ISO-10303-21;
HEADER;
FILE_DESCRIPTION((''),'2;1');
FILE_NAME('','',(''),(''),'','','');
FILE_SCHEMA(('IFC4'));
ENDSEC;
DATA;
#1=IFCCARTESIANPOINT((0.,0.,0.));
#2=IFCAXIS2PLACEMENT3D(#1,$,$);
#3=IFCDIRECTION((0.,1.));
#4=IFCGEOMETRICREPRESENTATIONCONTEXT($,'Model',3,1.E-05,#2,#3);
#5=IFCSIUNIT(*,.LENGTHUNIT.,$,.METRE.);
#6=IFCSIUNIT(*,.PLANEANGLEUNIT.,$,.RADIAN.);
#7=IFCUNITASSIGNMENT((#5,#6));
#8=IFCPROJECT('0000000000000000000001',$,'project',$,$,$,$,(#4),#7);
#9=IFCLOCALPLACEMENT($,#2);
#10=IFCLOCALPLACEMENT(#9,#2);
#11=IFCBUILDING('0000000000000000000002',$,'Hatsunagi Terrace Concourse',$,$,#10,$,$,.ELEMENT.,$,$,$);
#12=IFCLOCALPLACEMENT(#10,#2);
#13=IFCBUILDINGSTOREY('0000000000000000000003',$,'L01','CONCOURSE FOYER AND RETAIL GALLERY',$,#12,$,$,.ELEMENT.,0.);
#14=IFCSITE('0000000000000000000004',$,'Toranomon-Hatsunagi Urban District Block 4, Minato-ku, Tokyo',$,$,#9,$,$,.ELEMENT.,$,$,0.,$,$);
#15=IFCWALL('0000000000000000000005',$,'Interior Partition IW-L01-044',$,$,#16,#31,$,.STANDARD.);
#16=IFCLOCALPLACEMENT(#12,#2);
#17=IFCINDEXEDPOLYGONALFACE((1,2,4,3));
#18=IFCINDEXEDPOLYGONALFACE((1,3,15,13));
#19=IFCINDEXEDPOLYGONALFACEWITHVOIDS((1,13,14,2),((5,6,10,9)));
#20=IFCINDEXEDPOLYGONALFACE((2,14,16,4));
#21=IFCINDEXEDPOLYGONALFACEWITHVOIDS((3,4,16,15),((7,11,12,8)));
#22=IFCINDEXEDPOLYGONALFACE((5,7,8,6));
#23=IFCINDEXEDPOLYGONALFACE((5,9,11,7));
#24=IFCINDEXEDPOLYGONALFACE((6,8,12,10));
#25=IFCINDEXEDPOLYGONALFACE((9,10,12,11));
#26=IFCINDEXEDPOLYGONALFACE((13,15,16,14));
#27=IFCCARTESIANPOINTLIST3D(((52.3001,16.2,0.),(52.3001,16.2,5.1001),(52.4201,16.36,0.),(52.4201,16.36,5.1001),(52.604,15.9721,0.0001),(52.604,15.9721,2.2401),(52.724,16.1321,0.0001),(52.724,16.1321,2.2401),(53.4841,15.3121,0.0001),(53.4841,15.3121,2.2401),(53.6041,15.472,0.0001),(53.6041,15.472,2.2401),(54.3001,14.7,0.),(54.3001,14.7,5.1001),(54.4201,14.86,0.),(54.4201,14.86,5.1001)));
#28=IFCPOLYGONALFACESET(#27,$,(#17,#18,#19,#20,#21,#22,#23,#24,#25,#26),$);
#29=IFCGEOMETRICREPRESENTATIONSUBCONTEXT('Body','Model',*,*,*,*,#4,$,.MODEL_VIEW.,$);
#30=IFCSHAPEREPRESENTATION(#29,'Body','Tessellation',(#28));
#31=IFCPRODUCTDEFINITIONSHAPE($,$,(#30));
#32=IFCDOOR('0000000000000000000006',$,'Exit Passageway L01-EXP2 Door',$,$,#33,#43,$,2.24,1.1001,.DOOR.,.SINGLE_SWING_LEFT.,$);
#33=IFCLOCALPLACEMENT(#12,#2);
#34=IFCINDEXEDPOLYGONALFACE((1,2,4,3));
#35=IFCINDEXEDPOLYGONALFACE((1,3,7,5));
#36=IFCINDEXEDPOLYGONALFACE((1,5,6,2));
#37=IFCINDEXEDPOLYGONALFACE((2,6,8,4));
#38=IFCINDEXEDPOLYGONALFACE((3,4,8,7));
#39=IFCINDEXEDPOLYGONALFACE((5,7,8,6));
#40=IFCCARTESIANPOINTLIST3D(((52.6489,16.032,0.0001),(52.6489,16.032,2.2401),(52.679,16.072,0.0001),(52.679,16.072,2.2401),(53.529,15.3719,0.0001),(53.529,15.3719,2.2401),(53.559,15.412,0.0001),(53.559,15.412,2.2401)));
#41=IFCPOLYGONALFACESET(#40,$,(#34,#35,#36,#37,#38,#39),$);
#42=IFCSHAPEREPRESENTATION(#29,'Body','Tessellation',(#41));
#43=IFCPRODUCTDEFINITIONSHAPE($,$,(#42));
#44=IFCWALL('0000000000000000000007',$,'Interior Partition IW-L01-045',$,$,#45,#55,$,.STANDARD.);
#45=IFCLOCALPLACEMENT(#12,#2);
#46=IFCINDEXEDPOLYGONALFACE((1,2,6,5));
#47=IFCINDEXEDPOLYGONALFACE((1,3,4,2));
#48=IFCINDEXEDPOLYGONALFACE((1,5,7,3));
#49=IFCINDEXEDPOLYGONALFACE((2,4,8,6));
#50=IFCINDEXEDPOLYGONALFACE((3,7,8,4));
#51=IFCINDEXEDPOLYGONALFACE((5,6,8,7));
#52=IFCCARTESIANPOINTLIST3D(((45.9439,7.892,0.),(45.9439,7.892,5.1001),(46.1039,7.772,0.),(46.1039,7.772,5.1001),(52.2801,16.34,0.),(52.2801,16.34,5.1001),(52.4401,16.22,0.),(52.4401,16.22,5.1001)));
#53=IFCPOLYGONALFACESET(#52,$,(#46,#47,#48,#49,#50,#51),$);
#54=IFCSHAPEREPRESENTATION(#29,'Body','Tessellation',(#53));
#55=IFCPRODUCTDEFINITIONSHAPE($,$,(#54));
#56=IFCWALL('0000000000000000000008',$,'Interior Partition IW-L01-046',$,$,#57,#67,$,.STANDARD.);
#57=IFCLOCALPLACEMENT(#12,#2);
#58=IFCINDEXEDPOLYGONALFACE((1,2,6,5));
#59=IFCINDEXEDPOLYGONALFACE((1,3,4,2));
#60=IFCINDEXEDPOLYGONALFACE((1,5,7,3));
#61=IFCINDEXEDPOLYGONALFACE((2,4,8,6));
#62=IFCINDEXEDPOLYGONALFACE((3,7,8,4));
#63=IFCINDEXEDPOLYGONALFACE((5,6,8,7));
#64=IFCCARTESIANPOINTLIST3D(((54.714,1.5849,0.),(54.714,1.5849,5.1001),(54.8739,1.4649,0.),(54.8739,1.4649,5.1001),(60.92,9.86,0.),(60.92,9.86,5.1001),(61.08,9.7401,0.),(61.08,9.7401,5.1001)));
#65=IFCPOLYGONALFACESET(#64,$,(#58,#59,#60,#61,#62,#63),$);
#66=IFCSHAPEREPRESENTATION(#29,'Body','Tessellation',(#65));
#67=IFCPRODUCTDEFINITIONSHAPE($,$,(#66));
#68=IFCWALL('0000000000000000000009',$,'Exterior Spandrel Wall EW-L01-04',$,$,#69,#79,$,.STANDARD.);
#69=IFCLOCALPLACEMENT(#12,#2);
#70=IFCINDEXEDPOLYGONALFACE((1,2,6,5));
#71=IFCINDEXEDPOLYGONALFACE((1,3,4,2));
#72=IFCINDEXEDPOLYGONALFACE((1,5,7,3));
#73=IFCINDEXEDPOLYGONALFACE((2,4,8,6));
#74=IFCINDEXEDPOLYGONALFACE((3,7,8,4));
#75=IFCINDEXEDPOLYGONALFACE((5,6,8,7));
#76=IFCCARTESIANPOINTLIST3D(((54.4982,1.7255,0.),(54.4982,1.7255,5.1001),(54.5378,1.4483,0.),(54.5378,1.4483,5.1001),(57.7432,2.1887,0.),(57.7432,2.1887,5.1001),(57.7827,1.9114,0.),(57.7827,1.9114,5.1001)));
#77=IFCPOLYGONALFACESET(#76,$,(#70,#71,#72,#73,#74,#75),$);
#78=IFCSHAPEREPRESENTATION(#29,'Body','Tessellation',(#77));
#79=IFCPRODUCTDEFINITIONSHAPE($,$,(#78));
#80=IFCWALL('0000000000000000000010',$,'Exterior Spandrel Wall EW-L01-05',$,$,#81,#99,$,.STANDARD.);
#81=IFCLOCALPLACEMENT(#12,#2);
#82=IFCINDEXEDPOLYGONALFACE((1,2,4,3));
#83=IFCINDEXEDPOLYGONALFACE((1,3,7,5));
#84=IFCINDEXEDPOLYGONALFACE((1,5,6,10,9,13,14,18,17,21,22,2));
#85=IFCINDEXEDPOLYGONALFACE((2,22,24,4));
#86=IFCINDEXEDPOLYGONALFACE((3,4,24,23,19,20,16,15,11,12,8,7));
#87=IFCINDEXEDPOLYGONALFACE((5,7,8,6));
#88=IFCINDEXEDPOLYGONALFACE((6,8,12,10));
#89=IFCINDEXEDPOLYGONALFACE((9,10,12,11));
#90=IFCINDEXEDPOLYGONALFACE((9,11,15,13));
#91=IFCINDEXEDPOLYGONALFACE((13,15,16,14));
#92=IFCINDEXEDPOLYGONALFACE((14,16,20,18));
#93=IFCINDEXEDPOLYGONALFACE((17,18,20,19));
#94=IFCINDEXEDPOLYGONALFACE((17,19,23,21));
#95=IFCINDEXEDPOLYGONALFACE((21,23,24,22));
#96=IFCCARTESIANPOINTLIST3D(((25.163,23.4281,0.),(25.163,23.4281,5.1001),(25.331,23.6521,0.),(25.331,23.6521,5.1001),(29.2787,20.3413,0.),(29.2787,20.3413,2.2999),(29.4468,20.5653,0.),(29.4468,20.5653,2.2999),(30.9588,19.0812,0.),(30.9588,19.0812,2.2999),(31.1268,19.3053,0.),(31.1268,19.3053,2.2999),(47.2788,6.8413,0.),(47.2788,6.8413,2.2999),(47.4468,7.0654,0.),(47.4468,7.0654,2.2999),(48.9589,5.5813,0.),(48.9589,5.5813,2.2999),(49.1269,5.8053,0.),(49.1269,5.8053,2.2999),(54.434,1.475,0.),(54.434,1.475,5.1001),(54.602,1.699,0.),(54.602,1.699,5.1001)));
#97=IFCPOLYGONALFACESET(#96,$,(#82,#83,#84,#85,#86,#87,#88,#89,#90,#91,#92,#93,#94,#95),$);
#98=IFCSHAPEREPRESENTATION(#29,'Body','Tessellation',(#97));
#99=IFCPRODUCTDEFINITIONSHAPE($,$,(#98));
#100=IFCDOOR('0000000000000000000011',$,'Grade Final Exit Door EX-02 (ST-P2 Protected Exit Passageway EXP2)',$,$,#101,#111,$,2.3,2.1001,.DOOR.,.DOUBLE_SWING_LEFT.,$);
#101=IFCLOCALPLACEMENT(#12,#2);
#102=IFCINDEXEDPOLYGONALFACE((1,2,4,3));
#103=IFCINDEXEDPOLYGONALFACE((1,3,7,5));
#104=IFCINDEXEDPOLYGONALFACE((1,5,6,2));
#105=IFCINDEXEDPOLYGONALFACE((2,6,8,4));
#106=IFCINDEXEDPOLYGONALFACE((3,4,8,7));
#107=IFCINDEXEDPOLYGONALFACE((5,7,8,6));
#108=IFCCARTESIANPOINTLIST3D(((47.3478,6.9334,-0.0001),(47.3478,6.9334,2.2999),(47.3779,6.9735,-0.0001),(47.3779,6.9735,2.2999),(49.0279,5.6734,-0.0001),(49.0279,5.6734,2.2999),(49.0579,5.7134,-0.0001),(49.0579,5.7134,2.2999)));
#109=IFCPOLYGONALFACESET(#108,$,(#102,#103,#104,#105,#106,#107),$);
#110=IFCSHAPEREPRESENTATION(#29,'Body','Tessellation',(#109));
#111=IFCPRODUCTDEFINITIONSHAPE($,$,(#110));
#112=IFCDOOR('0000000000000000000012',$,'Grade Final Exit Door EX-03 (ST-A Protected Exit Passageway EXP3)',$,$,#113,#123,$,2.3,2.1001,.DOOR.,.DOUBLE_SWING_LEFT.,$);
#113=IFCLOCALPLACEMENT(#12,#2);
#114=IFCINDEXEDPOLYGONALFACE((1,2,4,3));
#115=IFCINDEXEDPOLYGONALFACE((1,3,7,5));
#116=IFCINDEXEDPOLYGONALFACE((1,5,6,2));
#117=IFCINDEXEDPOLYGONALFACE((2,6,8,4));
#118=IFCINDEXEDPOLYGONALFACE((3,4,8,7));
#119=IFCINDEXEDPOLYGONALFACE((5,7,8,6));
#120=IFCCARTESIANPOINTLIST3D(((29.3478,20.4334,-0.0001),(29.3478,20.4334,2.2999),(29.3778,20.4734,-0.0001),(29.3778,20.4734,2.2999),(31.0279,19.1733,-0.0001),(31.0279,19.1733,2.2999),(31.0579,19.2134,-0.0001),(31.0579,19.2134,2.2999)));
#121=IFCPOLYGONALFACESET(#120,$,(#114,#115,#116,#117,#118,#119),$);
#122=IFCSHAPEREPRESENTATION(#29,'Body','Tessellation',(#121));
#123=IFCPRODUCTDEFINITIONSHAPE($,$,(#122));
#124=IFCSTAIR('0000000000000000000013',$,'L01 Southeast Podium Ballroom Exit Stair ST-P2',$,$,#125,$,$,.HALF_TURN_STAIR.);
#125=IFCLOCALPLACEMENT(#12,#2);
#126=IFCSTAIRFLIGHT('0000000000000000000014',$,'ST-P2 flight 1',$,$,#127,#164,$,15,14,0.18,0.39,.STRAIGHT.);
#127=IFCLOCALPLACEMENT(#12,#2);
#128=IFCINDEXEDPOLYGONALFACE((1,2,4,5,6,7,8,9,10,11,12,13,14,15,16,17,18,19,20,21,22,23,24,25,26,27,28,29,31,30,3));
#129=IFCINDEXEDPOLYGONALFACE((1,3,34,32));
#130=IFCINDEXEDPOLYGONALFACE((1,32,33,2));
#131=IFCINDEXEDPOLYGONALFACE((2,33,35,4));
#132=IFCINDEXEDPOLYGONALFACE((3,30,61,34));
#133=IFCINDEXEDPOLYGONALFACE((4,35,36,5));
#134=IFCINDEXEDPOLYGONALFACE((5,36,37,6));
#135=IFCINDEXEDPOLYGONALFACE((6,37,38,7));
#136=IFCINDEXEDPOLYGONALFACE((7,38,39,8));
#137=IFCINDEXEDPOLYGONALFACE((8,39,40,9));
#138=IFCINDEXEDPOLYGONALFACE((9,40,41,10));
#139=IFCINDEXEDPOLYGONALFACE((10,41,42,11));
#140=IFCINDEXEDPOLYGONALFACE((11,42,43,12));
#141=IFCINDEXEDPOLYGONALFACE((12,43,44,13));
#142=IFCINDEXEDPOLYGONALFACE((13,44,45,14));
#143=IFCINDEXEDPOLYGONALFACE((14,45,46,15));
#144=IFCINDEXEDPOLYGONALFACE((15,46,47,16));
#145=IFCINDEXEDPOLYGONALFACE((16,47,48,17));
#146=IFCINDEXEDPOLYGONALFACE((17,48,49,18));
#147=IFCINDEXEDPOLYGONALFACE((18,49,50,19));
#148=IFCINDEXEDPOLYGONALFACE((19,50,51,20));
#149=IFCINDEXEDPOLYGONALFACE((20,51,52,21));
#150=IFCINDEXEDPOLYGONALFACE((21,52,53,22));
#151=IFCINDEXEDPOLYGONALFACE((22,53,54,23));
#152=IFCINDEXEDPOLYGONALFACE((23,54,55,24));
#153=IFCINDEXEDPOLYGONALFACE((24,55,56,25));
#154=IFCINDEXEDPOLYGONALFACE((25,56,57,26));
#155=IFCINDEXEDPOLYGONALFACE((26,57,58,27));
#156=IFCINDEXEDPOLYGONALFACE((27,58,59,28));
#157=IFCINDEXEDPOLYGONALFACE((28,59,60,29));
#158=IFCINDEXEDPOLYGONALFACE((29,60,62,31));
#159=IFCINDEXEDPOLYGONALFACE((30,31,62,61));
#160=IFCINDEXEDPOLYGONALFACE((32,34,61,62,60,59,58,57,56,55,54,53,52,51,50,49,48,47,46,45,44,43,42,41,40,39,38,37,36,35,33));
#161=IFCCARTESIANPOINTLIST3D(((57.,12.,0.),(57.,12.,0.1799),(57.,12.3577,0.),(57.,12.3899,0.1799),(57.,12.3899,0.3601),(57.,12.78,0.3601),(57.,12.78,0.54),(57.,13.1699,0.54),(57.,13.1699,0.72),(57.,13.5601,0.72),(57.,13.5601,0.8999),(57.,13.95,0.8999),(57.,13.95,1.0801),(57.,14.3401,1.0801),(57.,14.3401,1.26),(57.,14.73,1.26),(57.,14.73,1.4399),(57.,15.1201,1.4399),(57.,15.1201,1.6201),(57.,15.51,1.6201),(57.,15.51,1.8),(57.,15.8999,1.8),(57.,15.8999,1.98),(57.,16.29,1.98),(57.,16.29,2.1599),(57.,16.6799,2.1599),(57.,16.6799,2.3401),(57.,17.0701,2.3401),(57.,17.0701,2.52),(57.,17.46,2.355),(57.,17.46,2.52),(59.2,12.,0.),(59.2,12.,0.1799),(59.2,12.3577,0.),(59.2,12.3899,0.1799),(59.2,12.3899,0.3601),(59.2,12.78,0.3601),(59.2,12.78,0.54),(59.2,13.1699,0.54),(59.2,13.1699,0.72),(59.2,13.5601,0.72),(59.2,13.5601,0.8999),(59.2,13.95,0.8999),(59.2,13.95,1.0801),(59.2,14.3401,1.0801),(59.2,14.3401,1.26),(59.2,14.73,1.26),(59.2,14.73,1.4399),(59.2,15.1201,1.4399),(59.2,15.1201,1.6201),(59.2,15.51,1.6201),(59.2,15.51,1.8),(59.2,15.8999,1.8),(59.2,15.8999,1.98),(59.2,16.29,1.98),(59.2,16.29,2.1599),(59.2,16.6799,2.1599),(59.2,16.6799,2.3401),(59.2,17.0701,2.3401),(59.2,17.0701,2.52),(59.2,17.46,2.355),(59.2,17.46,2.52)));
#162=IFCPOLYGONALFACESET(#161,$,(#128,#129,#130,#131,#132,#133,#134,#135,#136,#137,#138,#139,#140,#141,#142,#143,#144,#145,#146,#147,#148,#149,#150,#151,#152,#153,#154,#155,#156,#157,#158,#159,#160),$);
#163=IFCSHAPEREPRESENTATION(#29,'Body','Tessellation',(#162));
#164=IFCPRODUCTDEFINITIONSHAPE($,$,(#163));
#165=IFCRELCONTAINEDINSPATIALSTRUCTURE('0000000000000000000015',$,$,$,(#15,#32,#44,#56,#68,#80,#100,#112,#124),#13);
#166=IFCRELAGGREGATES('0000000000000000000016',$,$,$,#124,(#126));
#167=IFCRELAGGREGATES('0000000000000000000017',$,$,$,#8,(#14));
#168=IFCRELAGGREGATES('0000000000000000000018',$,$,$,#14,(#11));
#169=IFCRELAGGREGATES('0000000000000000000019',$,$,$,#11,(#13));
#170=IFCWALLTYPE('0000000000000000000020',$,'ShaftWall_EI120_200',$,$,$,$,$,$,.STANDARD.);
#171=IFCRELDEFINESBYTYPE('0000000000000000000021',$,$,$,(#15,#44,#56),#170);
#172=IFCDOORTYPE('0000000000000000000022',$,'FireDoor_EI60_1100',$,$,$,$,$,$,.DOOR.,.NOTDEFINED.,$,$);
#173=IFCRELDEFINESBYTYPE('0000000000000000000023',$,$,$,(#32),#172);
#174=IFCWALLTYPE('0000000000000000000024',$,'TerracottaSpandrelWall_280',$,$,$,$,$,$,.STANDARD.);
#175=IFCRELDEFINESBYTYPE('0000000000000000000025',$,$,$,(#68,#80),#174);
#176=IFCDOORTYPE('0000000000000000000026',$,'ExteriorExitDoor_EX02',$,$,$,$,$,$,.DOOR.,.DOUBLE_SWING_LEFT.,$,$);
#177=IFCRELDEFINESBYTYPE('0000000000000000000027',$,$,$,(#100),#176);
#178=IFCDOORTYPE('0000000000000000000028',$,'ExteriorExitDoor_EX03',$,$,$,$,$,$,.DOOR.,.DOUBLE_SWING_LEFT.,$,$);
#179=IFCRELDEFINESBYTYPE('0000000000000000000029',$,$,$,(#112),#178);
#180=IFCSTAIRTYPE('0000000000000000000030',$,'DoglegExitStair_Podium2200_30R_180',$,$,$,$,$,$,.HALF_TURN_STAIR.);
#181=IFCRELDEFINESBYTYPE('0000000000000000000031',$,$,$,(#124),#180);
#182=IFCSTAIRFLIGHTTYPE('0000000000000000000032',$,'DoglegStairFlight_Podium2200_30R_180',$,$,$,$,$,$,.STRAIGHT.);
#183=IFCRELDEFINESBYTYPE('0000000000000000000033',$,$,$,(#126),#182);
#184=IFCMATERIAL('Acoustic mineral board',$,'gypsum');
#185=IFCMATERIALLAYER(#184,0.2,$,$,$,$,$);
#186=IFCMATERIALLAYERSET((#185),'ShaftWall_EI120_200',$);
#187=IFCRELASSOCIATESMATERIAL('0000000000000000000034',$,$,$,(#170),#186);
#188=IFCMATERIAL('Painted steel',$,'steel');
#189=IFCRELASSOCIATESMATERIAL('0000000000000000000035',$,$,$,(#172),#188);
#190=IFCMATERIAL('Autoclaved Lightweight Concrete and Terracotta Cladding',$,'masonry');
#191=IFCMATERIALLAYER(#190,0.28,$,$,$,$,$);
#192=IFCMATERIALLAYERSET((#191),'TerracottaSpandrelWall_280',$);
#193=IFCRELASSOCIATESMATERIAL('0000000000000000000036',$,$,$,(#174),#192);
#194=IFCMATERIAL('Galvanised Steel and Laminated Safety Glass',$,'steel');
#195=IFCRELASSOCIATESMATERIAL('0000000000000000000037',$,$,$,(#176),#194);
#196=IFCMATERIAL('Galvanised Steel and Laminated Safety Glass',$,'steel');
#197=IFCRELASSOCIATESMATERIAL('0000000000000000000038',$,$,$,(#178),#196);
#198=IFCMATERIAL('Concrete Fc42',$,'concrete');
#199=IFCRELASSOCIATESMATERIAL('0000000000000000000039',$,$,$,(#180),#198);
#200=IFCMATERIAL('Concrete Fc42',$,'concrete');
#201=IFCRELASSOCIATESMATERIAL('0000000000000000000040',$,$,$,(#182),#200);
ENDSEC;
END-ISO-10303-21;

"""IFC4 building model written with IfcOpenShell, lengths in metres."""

from ifc_helpers import new_model, si_unit, direction, frame, frame_2d, origin, place, context, subcontext, project, spatial, polyline, rectangle, outline, extrude, material, layer, layer_set, type_object, element, fill, aggregate, save


model = new_model("IFC4")

# Units and contexts
model_context = context("Model", 3, precision=1e-05, world=origin(), true_north=direction((0.0, 1.0)))
body_context = subcontext(model_context, "Body", "Model", "MODEL_VIEW")
ifc_project = project(units=[si_unit("LENGTHUNIT", "METRE"), si_unit("PLANEANGLEUNIT", "RADIAN")], contexts=[model_context])

# Site, building, storey
site_placement = place(None, origin())
site = spatial("IfcSite", under=ifc_project, at=site_placement, Name="Toranomon-Hatsunagi Urban District Block 4, Minato-ku, Tokyo", CompositionType="ELEMENT", RefElevation=0.0)
building_placement = place(site_placement, origin())
building = spatial("IfcBuilding", under=site, at=building_placement, Name="Hatsunagi Terrace Concourse", CompositionType="ELEMENT")
storey_placement = place(building_placement, origin())
storey = spatial("IfcBuildingStorey", under=building, at=storey_placement, Name="L01", Description="CONCOURSE FOYER AND RETAIL GALLERY", CompositionType="ELEMENT", Elevation=0.0)

# Wall, opening, door
ifc_material_1 = material(Name="Acoustic mineral board", Category="gypsum")
ifc_layer_1 = layer(ifc_material_1, 0.2)
ifc_layer_set_1 = layer_set([ifc_layer_1], Name="ShaftWall_EI120_200")
wall_type_1 = type_object("IfcWallType", Name="ShaftWall_EI120_200", PredefinedType="STANDARD", material=ifc_layer_set_1)
wall_1_placement = place(storey_placement, frame((52.3601, 16.28, 0.0), z_axis=(0.0, 0.0, 1.0), x_axis=(0.8, -0.6, 0.0)))
wall_1 = element("IfcWall", 1, at=wall_1_placement, inside=storey, type_object=wall_type_1, Name="Interior Partition IW-L01-044", PredefinedType="STANDARD", context=body_context, shape_type="SweptSolid", body=[
    extrude(rectangle(XDim=2.5, YDim=0.2, at=frame_2d((1.25, 0.0))), origin(), (0.0, 0.0, 1.0), 5.1001),
])
opening_1_placement = place(wall_1_placement, frame((0.3799, 0.0, 0.0)))
opening_1 = element("IfcOpeningElement", 2, at=opening_1_placement, cuts=wall_1, PredefinedType="OPENING", context=body_context, shape_type="SweptSolid", body=[
    extrude(rectangle(XDim=1.1001, YDim=2.24, at=frame_2d((0.55, 1.1201))), frame((0.0, 0.1099, 0.0), z_axis=(0.0, -1.0, 0.0), x_axis=(1.0, 0.0, 0.0)), (0.0, 0.0, 1.0), 0.22),
])
ifc_material_2 = material(Name="Painted steel", Category="steel")
door_type_1 = type_object("IfcDoorType", Name="FireDoor_EI60_1100", OperationType="NOTDEFINED", PredefinedType="DOOR", material=ifc_material_2)
door_1_placement = place(opening_1_placement, origin())
door_1 = element("IfcDoor", 3, at=door_1_placement, inside=storey, type_object=door_type_1, Name="Exit Passageway L01-EXP2 Door", OperationType="SINGLE_SWING_LEFT", OverallHeight=2.24, OverallWidth=1.1001, PredefinedType="DOOR", context=body_context, shape_type="SweptSolid", body=[
    extrude(rectangle(XDim=1.1001, YDim=2.24, at=frame_2d((0.55, 1.1201))), frame((0.0, 0.0249, 0.0), z_axis=(0.0, -1.0, 0.0), x_axis=(1.0, 0.0, 0.0)), (0.0, 0.0, 1.0), 0.05),
])
fill(opening_1, door_1)

# Walls
wall_2_placement = place(storey_placement, frame((46.0239, 7.832, 0.0), z_axis=(0.0, 0.0, 1.0), x_axis=(0.600011, 0.799992, 0.0)))
element("IfcWall", 4, at=wall_2_placement, inside=storey, type_object=wall_type_1, Name="Interior Partition IW-L01-045", PredefinedType="STANDARD", context=body_context, shape_type="SweptSolid", body=[
    extrude(rectangle(XDim=10.5601, YDim=0.2, at=frame_2d((5.28, 0.0))), origin(), (0.0, 0.0, 1.0), 5.1001),
])
wall_3_placement = place(storey_placement, frame((54.7939, 1.5249, 0.0), z_axis=(0.0, 0.0, 1.0), x_axis=(0.599981, 0.800014, 0.0)))
element("IfcWall", 5, at=wall_3_placement, inside=storey, type_object=wall_type_1, Name="Interior Partition IW-L01-046", PredefinedType="STANDARD", context=body_context, shape_type="SweptSolid", body=[
    extrude(rectangle(XDim=10.3438, YDim=0.2, at=frame_2d((5.1719, 0.0))), origin(), (0.0, 0.0, 1.0), 5.1001),
])
ifc_material_3 = material(Name="Autoclaved Lightweight Concrete and Terracotta Cladding", Category="masonry")
ifc_layer_2 = layer(ifc_material_3, 0.28)
ifc_layer_set_2 = layer_set([ifc_layer_2], Name="TerracottaSpandrelWall_280")
wall_type_2 = type_object("IfcWallType", Name="TerracottaSpandrelWall_280", PredefinedType="STANDARD", material=ifc_layer_set_2)
wall_4_placement = place(storey_placement, frame((57.7629, 2.05, 0.0), z_axis=(0.0, 0.0, 1.0), x_axis=(-0.989967, -0.141296, 0.0)))
element("IfcWall", 6, at=wall_4_placement, inside=storey, type_object=wall_type_2, Name="Exterior Spandrel Wall EW-L01-04", PredefinedType="STANDARD", context=body_context, shape_type="SweptSolid", body=[
    extrude(rectangle(XDim=3.2778, YDim=0.28, at=frame_2d((1.6389, 0.0))), origin(), (0.0, 0.0, 1.0), 5.1001),
])

# Wall, openings, doors
wall_5_placement = place(storey_placement, frame((54.5181, 1.5869, 0.0), z_axis=(0.0, 0.0, 1.0), x_axis=(-0.800002, 0.599998, 0.0)))
wall_5 = element("IfcWall", 7, at=wall_5_placement, inside=storey, type_object=wall_type_2, Name="Exterior Spandrel Wall EW-L01-05", PredefinedType="STANDARD", context=body_context, shape_type="SweptSolid", body=[
    extrude(rectangle(XDim=36.5886, YDim=0.28, at=frame_2d((18.2944, 0.0))), origin(), (0.0, 0.0, 1.0), 5.1001),
])
opening_2_placement = place(wall_5_placement, frame((6.844, 0.0, 0.0)))
opening_2 = element("IfcOpeningElement", 8, at=opening_2_placement, cuts=wall_5, PredefinedType="OPENING", context=body_context, shape_type="SweptSolid", body=[
    extrude(rectangle(XDim=2.1001, YDim=2.3, at=frame_2d((1.05, 1.1499))), frame((0.0, 0.1499, 0.0), z_axis=(0.0, -1.0, 0.0), x_axis=(1.0, 0.0, 0.0)), (0.0, 0.0, 1.0), 0.3),
])
opening_3_placement = place(wall_5_placement, frame((29.344, 0.0, 0.0)))
opening_3 = element("IfcOpeningElement", 9, at=opening_3_placement, cuts=wall_5, PredefinedType="OPENING", context=body_context, shape_type="SweptSolid", body=[
    extrude(rectangle(XDim=2.1001, YDim=2.3, at=frame_2d((1.05, 1.1499))), frame((0.0, 0.1499, 0.0), z_axis=(0.0, -1.0, 0.0), x_axis=(1.0, 0.0, 0.0)), (0.0, 0.0, 1.0), 0.3),
])
ifc_material_4 = material(Name="Galvanised Steel and Laminated Safety Glass", Category="steel")
door_type_2 = type_object("IfcDoorType", Name="ExteriorExitDoor_EX02", OperationType="DOUBLE_SWING_LEFT", PredefinedType="DOOR", material=ifc_material_4)
door_2_placement = place(opening_2_placement, origin())
door_2 = element("IfcDoor", 10, at=door_2_placement, inside=storey, type_object=door_type_2, Name="Grade Final Exit Door EX-02 (ST-P2 Protected Exit Passageway EXP2)", OperationType="DOUBLE_SWING_LEFT", OverallHeight=2.3, OverallWidth=2.1001, PredefinedType="DOOR", context=body_context, shape_type="SweptSolid", body=[
    extrude(rectangle(XDim=2.1001, YDim=2.3, at=frame_2d((1.05, 1.1499))), frame((0.0, 0.0249, 0.0), z_axis=(0.0, -1.0, 0.0), x_axis=(1.0, 0.0, 0.0)), (0.0, 0.0, 1.0), 0.05),
])
fill(opening_2, door_2)
ifc_material_5 = material(Name="Galvanised Steel and Laminated Safety Glass", Category="steel")
door_type_3 = type_object("IfcDoorType", Name="ExteriorExitDoor_EX03", OperationType="DOUBLE_SWING_LEFT", PredefinedType="DOOR", material=ifc_material_5)
door_3_placement = place(opening_3_placement, origin())
door_3 = element("IfcDoor", 11, at=door_3_placement, inside=storey, type_object=door_type_3, Name="Grade Final Exit Door EX-03 (ST-A Protected Exit Passageway EXP3)", OperationType="DOUBLE_SWING_LEFT", OverallHeight=2.3, OverallWidth=2.1001, PredefinedType="DOOR", context=body_context, shape_type="SweptSolid", body=[
    extrude(rectangle(XDim=2.1001, YDim=2.3, at=frame_2d((1.05, 1.1499))), frame((0.0, 0.0249, 0.0), z_axis=(0.0, -1.0, 0.0), x_axis=(1.0, 0.0, 0.0)), (0.0, 0.0, 1.0), 0.05),
])
fill(opening_3, door_3)

# Stair, stair flight
ifc_material_6 = material(Name="Concrete Fc42", Category="concrete")
stair_type = type_object("IfcStairType", Name="DoglegExitStair_Podium2200_30R_180", PredefinedType="HALF_TURN_STAIR", material=ifc_material_6)
stair_placement = place(storey_placement, origin())
stair = element("IfcStair", 12, at=stair_placement, inside=storey, type_object=stair_type, Name="L01 Southeast Podium Ballroom Exit Stair ST-P2", PredefinedType="HALF_TURN_STAIR")
ifc_material_7 = material(Name="Concrete Fc42", Category="concrete")
stair_flight_type = type_object("IfcStairFlightType", Name="DoglegStairFlight_Podium2200_30R_180", PredefinedType="STRAIGHT", material=ifc_material_7)
stair_flight_placement = place(storey_placement, frame((58.1001, 12.0, 0.0), z_axis=(0.0, 0.0, 1.0), x_axis=(0.0, 1.0, 0.0)))
stair_flight = element("IfcStairFlight", 13, at=stair_flight_placement, type_object=stair_flight_type, Name="ST-P2 flight 1", NumberOfRisers=15, NumberOfTreads=14, PredefinedType="STRAIGHT", RiserHeight=0.18, TreadLength=0.39, context=body_context, shape_type="SweptSolid", body=[
    extrude(outline(polyline([(0.0, 0.0), (0.0, 0.1799), (0.3899, 0.1799), (0.3899, 0.3601), (0.78, 0.3601), (0.78, 0.54), (1.1699, 0.54), (1.1699, 0.72), (1.5601, 0.72), (1.5601, 0.8999), (1.95, 0.8999), (1.95, 1.0801), (2.3401, 1.0801), (2.3401, 1.26), (2.73, 1.26), (2.73, 1.4399), (3.1201, 1.4399), (3.1201, 1.6201), (3.51, 1.6201), (3.51, 1.8), (3.8999, 1.8), (3.8999, 1.98), (4.29, 1.98), (4.29, 2.1599), (4.6799, 2.1599), (4.6799, 2.3401), (5.0701, 2.3401), (5.0701, 2.52), (5.46, 2.52), (5.46, 2.7), (5.46, 2.355), (0.3577, 0.0), (0.0, 0.0)])), frame((0.0, 1.1001, 0.0), z_axis=(0.0, -1.0, 0.0), x_axis=(1.0, 0.0, 0.0)), (0.0, 0.0, 1.0), 2.2),
])
aggregate(stair, [stair_flight])

save(model, "model.ifc")
